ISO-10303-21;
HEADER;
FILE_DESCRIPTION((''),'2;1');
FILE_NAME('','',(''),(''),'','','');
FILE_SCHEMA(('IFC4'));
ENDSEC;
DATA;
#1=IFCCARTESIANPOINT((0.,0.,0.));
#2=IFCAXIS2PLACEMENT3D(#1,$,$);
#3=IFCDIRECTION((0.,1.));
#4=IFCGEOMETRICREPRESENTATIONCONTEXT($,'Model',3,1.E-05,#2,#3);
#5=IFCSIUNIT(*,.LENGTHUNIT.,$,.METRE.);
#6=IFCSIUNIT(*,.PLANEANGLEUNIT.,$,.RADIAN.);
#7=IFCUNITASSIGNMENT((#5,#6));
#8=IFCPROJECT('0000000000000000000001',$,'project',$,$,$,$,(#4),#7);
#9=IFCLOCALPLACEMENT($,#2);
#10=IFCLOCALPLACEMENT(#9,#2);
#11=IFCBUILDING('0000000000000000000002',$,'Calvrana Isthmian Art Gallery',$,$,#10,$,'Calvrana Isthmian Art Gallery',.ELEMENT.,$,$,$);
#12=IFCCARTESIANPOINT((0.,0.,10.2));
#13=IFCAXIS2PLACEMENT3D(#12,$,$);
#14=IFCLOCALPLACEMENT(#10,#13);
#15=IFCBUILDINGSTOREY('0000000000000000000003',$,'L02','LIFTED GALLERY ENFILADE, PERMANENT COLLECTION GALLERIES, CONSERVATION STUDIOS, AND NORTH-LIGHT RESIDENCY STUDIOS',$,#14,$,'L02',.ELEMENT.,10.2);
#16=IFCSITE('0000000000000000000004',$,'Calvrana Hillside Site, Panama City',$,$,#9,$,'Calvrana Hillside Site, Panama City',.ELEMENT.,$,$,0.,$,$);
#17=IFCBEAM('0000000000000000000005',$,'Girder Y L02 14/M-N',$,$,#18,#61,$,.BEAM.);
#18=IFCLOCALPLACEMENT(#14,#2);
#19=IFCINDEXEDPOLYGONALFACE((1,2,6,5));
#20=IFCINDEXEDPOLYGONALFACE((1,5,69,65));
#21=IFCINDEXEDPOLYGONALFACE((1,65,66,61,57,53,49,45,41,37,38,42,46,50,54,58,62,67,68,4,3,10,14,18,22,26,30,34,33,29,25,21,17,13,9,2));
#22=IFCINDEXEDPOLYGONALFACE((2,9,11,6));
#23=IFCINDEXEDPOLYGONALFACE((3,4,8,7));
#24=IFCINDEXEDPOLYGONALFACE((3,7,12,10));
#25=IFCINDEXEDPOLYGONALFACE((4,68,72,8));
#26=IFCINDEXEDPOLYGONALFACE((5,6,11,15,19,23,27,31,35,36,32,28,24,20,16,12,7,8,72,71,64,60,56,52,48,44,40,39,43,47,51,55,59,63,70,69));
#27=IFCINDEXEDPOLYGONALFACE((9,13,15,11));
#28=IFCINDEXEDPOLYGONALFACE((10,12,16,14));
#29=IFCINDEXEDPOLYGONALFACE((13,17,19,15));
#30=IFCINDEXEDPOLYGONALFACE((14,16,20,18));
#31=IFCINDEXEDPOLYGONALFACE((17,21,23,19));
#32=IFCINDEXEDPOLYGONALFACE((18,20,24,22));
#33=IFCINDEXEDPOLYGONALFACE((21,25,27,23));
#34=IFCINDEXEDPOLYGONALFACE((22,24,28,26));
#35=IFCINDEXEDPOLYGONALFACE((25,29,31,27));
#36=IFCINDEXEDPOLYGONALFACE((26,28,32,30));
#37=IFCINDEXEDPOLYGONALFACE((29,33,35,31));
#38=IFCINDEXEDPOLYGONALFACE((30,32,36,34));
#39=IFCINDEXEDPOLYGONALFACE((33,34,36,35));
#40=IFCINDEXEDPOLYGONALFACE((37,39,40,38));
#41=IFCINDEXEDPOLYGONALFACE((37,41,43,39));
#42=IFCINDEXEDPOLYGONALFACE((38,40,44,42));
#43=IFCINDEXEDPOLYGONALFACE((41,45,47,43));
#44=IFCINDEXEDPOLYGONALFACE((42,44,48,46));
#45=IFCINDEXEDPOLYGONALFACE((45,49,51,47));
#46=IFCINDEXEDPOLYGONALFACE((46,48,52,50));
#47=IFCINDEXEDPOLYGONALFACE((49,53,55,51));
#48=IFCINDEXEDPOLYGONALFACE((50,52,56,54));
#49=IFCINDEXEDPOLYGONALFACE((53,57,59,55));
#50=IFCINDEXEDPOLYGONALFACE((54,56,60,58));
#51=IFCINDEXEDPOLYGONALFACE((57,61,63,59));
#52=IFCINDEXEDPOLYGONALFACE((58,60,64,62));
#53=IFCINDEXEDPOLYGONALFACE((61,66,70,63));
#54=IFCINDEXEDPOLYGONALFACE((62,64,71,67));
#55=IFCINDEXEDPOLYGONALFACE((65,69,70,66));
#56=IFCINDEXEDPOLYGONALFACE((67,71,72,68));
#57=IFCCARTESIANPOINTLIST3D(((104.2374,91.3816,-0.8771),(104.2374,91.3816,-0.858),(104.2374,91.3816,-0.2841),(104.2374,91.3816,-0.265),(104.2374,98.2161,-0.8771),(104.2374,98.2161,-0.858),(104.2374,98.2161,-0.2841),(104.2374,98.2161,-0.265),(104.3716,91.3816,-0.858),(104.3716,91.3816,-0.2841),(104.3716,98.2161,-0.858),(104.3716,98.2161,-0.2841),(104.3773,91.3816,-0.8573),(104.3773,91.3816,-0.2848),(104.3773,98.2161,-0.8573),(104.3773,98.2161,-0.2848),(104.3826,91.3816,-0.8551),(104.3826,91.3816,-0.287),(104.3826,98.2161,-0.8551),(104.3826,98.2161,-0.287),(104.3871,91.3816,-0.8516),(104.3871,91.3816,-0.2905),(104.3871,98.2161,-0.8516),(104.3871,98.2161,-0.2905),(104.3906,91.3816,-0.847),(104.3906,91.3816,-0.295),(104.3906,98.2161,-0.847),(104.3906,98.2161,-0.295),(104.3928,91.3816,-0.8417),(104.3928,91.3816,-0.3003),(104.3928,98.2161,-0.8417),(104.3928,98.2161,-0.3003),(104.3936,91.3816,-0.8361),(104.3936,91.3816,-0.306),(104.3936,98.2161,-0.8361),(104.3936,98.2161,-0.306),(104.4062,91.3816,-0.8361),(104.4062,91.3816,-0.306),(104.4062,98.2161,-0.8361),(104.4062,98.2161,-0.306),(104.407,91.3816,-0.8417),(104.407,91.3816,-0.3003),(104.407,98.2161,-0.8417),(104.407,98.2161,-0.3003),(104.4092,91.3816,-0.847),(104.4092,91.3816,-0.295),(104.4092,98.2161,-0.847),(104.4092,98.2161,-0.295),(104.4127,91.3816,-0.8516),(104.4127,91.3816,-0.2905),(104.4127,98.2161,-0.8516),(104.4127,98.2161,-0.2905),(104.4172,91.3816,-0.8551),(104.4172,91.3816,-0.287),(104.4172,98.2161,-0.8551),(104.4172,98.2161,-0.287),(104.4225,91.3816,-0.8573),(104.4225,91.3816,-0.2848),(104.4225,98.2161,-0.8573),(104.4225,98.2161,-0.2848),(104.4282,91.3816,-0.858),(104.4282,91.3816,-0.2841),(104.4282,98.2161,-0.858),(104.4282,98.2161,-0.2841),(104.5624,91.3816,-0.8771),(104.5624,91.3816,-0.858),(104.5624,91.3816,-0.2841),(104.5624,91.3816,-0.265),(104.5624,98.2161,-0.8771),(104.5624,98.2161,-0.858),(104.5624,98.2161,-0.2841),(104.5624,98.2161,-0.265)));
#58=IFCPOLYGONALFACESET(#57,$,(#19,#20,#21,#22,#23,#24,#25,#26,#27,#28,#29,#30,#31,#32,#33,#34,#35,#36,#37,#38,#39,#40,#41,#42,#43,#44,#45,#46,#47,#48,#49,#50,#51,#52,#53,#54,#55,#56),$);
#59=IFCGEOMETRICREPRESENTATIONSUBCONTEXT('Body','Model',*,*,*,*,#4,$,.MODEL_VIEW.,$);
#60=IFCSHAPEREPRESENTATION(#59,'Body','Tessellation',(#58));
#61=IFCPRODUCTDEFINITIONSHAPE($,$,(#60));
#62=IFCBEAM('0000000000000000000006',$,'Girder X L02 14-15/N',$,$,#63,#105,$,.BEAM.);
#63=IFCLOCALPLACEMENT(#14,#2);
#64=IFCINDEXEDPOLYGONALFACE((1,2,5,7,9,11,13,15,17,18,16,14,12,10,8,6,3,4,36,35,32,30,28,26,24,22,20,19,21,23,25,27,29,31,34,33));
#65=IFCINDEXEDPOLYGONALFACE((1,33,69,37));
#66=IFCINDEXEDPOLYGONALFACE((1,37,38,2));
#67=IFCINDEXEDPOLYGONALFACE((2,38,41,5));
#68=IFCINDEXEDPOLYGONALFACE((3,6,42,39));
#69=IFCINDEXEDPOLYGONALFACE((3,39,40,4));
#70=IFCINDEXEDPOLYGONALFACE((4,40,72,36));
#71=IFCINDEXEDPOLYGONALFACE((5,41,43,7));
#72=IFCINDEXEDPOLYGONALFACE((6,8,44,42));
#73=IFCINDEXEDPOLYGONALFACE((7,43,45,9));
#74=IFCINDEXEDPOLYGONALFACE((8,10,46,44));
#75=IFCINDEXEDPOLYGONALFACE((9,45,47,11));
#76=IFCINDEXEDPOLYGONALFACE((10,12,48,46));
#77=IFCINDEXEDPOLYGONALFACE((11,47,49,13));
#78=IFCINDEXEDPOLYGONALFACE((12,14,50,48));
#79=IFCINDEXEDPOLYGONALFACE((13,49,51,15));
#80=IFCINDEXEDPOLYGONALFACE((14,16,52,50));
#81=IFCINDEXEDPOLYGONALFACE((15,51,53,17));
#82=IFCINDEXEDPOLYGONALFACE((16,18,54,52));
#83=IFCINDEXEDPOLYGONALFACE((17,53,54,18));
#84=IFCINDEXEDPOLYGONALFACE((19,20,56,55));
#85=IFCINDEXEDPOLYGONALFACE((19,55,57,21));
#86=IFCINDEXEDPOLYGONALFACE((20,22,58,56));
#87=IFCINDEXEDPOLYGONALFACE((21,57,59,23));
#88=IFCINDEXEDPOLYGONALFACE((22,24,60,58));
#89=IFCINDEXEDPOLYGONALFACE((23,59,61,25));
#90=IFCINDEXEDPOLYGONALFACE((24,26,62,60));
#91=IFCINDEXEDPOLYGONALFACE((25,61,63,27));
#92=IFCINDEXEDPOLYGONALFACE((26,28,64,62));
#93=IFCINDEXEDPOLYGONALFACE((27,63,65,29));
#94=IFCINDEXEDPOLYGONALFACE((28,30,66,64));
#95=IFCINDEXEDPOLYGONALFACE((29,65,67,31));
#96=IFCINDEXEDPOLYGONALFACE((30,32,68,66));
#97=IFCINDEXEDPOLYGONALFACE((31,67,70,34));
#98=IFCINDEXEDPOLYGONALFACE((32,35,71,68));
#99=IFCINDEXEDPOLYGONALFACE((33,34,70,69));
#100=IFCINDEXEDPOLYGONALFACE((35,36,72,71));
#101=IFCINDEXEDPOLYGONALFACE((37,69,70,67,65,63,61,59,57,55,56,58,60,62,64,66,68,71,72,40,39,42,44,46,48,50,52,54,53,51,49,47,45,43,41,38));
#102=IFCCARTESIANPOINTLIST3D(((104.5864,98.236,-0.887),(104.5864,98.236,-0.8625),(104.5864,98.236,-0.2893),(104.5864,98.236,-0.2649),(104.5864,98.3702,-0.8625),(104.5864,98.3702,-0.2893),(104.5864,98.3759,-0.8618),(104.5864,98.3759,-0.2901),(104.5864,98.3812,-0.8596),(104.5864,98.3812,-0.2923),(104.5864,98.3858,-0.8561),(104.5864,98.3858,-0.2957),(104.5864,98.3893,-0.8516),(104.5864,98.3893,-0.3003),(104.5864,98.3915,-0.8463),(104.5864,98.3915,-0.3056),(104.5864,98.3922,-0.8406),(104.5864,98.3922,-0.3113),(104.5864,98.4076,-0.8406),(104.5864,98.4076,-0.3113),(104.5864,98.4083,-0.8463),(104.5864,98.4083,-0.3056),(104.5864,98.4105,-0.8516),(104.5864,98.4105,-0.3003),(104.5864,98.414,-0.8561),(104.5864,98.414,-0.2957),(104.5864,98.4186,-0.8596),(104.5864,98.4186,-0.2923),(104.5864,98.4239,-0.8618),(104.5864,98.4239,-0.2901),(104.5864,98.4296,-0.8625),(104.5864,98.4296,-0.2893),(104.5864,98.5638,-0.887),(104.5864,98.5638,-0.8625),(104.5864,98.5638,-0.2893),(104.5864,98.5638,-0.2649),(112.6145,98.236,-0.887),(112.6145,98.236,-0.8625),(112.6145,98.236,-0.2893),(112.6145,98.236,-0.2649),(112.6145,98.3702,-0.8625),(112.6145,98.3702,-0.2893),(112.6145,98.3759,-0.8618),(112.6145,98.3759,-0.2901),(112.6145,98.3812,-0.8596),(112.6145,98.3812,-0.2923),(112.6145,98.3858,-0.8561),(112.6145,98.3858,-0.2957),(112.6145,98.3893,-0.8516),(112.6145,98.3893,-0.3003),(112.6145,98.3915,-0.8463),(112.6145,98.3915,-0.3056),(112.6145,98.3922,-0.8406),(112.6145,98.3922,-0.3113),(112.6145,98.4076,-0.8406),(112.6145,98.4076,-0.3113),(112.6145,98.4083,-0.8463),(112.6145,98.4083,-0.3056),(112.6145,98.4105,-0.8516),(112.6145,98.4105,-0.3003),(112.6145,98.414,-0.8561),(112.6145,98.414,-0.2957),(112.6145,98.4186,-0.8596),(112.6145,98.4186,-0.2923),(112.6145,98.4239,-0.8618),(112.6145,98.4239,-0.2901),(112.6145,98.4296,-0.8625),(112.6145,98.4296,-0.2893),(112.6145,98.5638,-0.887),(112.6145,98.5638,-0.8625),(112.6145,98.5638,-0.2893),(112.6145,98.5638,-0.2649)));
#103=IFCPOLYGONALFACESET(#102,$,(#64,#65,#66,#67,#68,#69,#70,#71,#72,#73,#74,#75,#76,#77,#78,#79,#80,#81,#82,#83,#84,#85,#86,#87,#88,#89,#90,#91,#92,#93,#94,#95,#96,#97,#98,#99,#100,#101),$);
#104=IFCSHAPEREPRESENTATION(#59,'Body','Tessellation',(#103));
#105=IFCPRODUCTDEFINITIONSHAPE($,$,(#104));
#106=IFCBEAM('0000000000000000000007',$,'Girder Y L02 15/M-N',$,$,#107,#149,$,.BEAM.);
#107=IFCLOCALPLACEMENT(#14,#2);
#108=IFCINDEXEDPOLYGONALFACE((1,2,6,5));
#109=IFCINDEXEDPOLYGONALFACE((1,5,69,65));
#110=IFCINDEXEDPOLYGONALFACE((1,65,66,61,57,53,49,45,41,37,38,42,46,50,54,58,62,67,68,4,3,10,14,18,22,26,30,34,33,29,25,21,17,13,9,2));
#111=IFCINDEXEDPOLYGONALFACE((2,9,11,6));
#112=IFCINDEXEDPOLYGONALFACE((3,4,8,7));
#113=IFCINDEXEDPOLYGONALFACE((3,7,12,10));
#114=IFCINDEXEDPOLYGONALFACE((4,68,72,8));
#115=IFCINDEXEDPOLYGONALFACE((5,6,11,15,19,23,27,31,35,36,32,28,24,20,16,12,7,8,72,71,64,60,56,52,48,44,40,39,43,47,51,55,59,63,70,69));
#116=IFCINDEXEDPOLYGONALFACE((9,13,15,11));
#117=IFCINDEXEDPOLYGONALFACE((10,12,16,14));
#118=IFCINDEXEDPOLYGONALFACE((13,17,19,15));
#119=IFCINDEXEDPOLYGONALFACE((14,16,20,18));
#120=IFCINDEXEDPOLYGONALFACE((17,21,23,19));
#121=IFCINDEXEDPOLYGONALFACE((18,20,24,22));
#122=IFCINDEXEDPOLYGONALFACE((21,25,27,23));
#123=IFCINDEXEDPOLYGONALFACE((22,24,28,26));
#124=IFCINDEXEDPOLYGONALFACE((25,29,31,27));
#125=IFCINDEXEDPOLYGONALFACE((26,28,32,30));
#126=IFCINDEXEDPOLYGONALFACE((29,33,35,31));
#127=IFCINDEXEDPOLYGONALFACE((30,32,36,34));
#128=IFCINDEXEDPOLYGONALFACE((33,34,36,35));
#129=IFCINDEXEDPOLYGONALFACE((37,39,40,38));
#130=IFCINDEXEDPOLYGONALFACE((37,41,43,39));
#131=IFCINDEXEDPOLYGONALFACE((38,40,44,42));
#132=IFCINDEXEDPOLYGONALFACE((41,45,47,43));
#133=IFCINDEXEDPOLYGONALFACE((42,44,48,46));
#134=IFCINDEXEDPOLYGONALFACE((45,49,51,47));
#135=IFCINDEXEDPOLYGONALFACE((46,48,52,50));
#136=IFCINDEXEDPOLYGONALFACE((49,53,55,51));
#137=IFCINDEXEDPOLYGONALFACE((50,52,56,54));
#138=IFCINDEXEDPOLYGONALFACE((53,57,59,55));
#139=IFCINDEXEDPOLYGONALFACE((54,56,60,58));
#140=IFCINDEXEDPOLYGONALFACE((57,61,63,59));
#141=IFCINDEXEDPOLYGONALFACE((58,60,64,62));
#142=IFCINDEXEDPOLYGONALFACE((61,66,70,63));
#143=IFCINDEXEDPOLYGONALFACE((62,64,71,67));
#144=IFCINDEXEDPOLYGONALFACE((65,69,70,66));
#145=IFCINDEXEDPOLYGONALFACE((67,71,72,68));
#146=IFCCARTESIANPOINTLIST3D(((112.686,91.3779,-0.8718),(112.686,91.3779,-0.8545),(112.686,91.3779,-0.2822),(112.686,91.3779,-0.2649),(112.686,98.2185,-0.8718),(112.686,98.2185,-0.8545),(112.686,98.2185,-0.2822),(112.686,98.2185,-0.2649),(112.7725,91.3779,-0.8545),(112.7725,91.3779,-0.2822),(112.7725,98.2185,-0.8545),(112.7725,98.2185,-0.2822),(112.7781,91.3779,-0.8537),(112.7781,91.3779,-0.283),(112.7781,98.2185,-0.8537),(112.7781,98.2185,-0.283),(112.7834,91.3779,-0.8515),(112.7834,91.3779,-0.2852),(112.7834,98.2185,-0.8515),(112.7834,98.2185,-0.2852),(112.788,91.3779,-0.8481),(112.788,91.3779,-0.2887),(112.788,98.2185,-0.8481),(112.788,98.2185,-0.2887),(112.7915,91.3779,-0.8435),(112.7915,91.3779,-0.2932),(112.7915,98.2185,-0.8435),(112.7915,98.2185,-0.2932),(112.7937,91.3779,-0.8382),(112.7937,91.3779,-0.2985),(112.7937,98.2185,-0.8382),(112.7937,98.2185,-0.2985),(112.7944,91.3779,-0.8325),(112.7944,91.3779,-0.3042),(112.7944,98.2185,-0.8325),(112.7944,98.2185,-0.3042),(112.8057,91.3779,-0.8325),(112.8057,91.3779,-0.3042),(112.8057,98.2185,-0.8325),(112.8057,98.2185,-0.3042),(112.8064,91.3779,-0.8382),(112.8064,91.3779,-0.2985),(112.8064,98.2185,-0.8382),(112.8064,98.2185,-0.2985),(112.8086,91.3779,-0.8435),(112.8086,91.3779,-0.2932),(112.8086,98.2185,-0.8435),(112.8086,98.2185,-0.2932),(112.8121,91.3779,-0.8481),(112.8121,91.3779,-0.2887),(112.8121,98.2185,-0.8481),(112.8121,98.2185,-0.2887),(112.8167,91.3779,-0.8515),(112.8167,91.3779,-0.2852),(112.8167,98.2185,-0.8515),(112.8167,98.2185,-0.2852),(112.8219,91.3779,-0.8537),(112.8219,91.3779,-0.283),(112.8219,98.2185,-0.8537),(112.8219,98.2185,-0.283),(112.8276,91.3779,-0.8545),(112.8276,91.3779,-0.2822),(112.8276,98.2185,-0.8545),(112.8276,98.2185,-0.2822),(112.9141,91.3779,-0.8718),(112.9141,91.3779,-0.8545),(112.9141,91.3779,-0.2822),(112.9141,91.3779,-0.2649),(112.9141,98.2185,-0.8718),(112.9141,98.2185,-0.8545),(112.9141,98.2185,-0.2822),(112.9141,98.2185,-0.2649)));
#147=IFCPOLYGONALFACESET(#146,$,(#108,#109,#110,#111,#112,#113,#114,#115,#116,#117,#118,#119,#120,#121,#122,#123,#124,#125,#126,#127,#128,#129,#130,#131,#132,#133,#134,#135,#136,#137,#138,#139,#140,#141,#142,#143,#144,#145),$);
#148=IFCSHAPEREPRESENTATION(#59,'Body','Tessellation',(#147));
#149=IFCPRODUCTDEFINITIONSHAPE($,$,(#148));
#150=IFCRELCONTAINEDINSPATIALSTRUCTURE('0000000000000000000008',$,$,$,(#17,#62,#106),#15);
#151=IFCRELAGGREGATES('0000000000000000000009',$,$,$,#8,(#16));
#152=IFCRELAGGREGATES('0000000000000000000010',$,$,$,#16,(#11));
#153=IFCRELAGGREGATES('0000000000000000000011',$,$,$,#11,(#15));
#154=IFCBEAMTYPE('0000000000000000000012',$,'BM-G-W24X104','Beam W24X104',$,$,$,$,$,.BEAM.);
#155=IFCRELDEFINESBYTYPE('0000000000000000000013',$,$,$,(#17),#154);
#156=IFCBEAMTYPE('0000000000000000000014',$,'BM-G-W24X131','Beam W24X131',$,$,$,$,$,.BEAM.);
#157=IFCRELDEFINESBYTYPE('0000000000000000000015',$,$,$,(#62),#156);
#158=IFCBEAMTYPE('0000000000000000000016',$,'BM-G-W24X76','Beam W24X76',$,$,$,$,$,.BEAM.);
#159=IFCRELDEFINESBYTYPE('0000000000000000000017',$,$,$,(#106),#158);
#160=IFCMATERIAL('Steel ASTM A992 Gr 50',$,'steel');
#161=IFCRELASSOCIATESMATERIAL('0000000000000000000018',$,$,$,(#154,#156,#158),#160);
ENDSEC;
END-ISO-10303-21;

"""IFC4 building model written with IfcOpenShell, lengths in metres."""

from ifc_helpers import new_model, si_unit, direction, frame, origin, origin_2d, place, context, subcontext, project, spatial, i_section, extrude, material, material_profile, profile_set, type_object, element, save


model = new_model("IFC4")

# Units and contexts
model_context = context("Model", 3, precision=1e-05, world=origin(), true_north=direction((0.0, 1.0)))
body_context = subcontext(model_context, "Body", "Model", "MODEL_VIEW")
ifc_project = project(units=[si_unit("LENGTHUNIT", "METRE"), si_unit("PLANEANGLEUNIT", "RADIAN")], contexts=[model_context])

# Site, building, storey
site_placement = place(None, origin())
site = spatial("IfcSite", under=ifc_project, at=site_placement, Name="Calvrana Hillside Site, Panama City", LongName="Calvrana Hillside Site, Panama City", CompositionType="ELEMENT", RefElevation=0.0)
building_placement = place(site_placement, origin())
building = spatial("IfcBuilding", under=site, at=building_placement, Name="Calvrana Isthmian Art Gallery", LongName="Calvrana Isthmian Art Gallery", CompositionType="ELEMENT")
storey_placement = place(building_placement, frame((0.0, 0.0, 10.2)))
storey = spatial("IfcBuildingStorey", under=building, at=storey_placement, Name="L02", Description="LIFTED GALLERY ENFILADE, PERMANENT COLLECTION GALLERIES, CONSERVATION STUDIOS, AND NORTH-LIGHT RESIDENCY STUDIOS", LongName="L02", CompositionType="ELEMENT", Elevation=10.2)

# Shared definitions
ifc_material_1 = material(Name="Steel ASTM A992 Gr 50", Category="steel")

# Beams
ifc_material_profile_1 = material_profile(ifc_material_1, i_section(OverallWidth=0.325, OverallDepth=0.6121, WebThickness=0.0127, FlangeThickness=0.019, FilletRadius=0.022, at=origin_2d()), Name="W24X104")
ifc_profile_set_1 = profile_set([ifc_material_profile_1], Name="Steel ASTM A992 Gr 50")
beam_type_1 = type_object("IfcBeamType", Name="BM-G-W24X104", Description="Beam W24X104", PredefinedType="BEAM", material=ifc_profile_set_1)
beam_1_placement = place(storey_placement, frame((104.3999, 91.3816, -0.571), z_axis=(0.0, 1.0, 0.0), x_axis=(-1.0, 0.0, 0.0)))
element("IfcBeam", 1, at=beam_1_placement, inside=storey, type_object=beam_type_1, Name="Girder Y L02 14/M-N", PredefinedType="BEAM", context=body_context, shape_type="SweptSolid", body=[
    extrude(i_section(OverallWidth=0.325, OverallDepth=0.6121, WebThickness=0.0127, FlangeThickness=0.019, FilletRadius=0.022, at=origin_2d()), origin(), (0.0, 0.0, 1.0), 6.8345),
])
ifc_material_profile_2 = material_profile(ifc_material_1, i_section(OverallWidth=0.3279, OverallDepth=0.6221, WebThickness=0.0154, FlangeThickness=0.0244, FilletRadius=0.022, at=origin_2d()), Name="W24X131")
ifc_profile_set_2 = profile_set([ifc_material_profile_2], Name="Steel ASTM A992 Gr 50")
beam_type_2 = type_object("IfcBeamType", Name="BM-G-W24X131", Description="Beam W24X131", PredefinedType="BEAM", material=ifc_profile_set_2)
beam_2_placement = place(storey_placement, frame((104.5864, 98.3999, -0.5759), z_axis=(1.0, 0.0, 0.0), x_axis=(0.0, 1.0, 0.0)))
element("IfcBeam", 2, at=beam_2_placement, inside=storey, type_object=beam_type_2, Name="Girder X L02 14-15/N", PredefinedType="BEAM", context=body_context, shape_type="SweptSolid", body=[
    extrude(i_section(OverallWidth=0.3279, OverallDepth=0.6221, WebThickness=0.0154, FlangeThickness=0.0244, FilletRadius=0.022, at=origin_2d()), origin(), (0.0, 0.0, 1.0), 8.0281),
])
ifc_material_profile_3 = material_profile(ifc_material_1, i_section(OverallWidth=0.228, OverallDepth=0.6069, WebThickness=0.0112, FlangeThickness=0.0173, FilletRadius=0.022, at=origin_2d()), Name="W24X76")
ifc_profile_set_3 = profile_set([ifc_material_profile_3], Name="Steel ASTM A992 Gr 50")
beam_type_3 = type_object("IfcBeamType", Name="BM-G-W24X76", Description="Beam W24X76", PredefinedType="BEAM", material=ifc_profile_set_3)
beam_3_placement = place(storey_placement, frame((112.8, 91.3779, -0.5684), z_axis=(0.0, 1.0, 0.0), x_axis=(-1.0, 0.0, 0.0)))
element("IfcBeam", 3, at=beam_3_placement, inside=storey, type_object=beam_type_3, Name="Girder Y L02 15/M-N", PredefinedType="BEAM", context=body_context, shape_type="SweptSolid", body=[
    extrude(i_section(OverallWidth=0.228, OverallDepth=0.6069, WebThickness=0.0112, FlangeThickness=0.0173, FilletRadius=0.022, at=origin_2d()), origin(), (0.0, 0.0, 1.0), 6.8406),
])

save(model, "model.ifc")
